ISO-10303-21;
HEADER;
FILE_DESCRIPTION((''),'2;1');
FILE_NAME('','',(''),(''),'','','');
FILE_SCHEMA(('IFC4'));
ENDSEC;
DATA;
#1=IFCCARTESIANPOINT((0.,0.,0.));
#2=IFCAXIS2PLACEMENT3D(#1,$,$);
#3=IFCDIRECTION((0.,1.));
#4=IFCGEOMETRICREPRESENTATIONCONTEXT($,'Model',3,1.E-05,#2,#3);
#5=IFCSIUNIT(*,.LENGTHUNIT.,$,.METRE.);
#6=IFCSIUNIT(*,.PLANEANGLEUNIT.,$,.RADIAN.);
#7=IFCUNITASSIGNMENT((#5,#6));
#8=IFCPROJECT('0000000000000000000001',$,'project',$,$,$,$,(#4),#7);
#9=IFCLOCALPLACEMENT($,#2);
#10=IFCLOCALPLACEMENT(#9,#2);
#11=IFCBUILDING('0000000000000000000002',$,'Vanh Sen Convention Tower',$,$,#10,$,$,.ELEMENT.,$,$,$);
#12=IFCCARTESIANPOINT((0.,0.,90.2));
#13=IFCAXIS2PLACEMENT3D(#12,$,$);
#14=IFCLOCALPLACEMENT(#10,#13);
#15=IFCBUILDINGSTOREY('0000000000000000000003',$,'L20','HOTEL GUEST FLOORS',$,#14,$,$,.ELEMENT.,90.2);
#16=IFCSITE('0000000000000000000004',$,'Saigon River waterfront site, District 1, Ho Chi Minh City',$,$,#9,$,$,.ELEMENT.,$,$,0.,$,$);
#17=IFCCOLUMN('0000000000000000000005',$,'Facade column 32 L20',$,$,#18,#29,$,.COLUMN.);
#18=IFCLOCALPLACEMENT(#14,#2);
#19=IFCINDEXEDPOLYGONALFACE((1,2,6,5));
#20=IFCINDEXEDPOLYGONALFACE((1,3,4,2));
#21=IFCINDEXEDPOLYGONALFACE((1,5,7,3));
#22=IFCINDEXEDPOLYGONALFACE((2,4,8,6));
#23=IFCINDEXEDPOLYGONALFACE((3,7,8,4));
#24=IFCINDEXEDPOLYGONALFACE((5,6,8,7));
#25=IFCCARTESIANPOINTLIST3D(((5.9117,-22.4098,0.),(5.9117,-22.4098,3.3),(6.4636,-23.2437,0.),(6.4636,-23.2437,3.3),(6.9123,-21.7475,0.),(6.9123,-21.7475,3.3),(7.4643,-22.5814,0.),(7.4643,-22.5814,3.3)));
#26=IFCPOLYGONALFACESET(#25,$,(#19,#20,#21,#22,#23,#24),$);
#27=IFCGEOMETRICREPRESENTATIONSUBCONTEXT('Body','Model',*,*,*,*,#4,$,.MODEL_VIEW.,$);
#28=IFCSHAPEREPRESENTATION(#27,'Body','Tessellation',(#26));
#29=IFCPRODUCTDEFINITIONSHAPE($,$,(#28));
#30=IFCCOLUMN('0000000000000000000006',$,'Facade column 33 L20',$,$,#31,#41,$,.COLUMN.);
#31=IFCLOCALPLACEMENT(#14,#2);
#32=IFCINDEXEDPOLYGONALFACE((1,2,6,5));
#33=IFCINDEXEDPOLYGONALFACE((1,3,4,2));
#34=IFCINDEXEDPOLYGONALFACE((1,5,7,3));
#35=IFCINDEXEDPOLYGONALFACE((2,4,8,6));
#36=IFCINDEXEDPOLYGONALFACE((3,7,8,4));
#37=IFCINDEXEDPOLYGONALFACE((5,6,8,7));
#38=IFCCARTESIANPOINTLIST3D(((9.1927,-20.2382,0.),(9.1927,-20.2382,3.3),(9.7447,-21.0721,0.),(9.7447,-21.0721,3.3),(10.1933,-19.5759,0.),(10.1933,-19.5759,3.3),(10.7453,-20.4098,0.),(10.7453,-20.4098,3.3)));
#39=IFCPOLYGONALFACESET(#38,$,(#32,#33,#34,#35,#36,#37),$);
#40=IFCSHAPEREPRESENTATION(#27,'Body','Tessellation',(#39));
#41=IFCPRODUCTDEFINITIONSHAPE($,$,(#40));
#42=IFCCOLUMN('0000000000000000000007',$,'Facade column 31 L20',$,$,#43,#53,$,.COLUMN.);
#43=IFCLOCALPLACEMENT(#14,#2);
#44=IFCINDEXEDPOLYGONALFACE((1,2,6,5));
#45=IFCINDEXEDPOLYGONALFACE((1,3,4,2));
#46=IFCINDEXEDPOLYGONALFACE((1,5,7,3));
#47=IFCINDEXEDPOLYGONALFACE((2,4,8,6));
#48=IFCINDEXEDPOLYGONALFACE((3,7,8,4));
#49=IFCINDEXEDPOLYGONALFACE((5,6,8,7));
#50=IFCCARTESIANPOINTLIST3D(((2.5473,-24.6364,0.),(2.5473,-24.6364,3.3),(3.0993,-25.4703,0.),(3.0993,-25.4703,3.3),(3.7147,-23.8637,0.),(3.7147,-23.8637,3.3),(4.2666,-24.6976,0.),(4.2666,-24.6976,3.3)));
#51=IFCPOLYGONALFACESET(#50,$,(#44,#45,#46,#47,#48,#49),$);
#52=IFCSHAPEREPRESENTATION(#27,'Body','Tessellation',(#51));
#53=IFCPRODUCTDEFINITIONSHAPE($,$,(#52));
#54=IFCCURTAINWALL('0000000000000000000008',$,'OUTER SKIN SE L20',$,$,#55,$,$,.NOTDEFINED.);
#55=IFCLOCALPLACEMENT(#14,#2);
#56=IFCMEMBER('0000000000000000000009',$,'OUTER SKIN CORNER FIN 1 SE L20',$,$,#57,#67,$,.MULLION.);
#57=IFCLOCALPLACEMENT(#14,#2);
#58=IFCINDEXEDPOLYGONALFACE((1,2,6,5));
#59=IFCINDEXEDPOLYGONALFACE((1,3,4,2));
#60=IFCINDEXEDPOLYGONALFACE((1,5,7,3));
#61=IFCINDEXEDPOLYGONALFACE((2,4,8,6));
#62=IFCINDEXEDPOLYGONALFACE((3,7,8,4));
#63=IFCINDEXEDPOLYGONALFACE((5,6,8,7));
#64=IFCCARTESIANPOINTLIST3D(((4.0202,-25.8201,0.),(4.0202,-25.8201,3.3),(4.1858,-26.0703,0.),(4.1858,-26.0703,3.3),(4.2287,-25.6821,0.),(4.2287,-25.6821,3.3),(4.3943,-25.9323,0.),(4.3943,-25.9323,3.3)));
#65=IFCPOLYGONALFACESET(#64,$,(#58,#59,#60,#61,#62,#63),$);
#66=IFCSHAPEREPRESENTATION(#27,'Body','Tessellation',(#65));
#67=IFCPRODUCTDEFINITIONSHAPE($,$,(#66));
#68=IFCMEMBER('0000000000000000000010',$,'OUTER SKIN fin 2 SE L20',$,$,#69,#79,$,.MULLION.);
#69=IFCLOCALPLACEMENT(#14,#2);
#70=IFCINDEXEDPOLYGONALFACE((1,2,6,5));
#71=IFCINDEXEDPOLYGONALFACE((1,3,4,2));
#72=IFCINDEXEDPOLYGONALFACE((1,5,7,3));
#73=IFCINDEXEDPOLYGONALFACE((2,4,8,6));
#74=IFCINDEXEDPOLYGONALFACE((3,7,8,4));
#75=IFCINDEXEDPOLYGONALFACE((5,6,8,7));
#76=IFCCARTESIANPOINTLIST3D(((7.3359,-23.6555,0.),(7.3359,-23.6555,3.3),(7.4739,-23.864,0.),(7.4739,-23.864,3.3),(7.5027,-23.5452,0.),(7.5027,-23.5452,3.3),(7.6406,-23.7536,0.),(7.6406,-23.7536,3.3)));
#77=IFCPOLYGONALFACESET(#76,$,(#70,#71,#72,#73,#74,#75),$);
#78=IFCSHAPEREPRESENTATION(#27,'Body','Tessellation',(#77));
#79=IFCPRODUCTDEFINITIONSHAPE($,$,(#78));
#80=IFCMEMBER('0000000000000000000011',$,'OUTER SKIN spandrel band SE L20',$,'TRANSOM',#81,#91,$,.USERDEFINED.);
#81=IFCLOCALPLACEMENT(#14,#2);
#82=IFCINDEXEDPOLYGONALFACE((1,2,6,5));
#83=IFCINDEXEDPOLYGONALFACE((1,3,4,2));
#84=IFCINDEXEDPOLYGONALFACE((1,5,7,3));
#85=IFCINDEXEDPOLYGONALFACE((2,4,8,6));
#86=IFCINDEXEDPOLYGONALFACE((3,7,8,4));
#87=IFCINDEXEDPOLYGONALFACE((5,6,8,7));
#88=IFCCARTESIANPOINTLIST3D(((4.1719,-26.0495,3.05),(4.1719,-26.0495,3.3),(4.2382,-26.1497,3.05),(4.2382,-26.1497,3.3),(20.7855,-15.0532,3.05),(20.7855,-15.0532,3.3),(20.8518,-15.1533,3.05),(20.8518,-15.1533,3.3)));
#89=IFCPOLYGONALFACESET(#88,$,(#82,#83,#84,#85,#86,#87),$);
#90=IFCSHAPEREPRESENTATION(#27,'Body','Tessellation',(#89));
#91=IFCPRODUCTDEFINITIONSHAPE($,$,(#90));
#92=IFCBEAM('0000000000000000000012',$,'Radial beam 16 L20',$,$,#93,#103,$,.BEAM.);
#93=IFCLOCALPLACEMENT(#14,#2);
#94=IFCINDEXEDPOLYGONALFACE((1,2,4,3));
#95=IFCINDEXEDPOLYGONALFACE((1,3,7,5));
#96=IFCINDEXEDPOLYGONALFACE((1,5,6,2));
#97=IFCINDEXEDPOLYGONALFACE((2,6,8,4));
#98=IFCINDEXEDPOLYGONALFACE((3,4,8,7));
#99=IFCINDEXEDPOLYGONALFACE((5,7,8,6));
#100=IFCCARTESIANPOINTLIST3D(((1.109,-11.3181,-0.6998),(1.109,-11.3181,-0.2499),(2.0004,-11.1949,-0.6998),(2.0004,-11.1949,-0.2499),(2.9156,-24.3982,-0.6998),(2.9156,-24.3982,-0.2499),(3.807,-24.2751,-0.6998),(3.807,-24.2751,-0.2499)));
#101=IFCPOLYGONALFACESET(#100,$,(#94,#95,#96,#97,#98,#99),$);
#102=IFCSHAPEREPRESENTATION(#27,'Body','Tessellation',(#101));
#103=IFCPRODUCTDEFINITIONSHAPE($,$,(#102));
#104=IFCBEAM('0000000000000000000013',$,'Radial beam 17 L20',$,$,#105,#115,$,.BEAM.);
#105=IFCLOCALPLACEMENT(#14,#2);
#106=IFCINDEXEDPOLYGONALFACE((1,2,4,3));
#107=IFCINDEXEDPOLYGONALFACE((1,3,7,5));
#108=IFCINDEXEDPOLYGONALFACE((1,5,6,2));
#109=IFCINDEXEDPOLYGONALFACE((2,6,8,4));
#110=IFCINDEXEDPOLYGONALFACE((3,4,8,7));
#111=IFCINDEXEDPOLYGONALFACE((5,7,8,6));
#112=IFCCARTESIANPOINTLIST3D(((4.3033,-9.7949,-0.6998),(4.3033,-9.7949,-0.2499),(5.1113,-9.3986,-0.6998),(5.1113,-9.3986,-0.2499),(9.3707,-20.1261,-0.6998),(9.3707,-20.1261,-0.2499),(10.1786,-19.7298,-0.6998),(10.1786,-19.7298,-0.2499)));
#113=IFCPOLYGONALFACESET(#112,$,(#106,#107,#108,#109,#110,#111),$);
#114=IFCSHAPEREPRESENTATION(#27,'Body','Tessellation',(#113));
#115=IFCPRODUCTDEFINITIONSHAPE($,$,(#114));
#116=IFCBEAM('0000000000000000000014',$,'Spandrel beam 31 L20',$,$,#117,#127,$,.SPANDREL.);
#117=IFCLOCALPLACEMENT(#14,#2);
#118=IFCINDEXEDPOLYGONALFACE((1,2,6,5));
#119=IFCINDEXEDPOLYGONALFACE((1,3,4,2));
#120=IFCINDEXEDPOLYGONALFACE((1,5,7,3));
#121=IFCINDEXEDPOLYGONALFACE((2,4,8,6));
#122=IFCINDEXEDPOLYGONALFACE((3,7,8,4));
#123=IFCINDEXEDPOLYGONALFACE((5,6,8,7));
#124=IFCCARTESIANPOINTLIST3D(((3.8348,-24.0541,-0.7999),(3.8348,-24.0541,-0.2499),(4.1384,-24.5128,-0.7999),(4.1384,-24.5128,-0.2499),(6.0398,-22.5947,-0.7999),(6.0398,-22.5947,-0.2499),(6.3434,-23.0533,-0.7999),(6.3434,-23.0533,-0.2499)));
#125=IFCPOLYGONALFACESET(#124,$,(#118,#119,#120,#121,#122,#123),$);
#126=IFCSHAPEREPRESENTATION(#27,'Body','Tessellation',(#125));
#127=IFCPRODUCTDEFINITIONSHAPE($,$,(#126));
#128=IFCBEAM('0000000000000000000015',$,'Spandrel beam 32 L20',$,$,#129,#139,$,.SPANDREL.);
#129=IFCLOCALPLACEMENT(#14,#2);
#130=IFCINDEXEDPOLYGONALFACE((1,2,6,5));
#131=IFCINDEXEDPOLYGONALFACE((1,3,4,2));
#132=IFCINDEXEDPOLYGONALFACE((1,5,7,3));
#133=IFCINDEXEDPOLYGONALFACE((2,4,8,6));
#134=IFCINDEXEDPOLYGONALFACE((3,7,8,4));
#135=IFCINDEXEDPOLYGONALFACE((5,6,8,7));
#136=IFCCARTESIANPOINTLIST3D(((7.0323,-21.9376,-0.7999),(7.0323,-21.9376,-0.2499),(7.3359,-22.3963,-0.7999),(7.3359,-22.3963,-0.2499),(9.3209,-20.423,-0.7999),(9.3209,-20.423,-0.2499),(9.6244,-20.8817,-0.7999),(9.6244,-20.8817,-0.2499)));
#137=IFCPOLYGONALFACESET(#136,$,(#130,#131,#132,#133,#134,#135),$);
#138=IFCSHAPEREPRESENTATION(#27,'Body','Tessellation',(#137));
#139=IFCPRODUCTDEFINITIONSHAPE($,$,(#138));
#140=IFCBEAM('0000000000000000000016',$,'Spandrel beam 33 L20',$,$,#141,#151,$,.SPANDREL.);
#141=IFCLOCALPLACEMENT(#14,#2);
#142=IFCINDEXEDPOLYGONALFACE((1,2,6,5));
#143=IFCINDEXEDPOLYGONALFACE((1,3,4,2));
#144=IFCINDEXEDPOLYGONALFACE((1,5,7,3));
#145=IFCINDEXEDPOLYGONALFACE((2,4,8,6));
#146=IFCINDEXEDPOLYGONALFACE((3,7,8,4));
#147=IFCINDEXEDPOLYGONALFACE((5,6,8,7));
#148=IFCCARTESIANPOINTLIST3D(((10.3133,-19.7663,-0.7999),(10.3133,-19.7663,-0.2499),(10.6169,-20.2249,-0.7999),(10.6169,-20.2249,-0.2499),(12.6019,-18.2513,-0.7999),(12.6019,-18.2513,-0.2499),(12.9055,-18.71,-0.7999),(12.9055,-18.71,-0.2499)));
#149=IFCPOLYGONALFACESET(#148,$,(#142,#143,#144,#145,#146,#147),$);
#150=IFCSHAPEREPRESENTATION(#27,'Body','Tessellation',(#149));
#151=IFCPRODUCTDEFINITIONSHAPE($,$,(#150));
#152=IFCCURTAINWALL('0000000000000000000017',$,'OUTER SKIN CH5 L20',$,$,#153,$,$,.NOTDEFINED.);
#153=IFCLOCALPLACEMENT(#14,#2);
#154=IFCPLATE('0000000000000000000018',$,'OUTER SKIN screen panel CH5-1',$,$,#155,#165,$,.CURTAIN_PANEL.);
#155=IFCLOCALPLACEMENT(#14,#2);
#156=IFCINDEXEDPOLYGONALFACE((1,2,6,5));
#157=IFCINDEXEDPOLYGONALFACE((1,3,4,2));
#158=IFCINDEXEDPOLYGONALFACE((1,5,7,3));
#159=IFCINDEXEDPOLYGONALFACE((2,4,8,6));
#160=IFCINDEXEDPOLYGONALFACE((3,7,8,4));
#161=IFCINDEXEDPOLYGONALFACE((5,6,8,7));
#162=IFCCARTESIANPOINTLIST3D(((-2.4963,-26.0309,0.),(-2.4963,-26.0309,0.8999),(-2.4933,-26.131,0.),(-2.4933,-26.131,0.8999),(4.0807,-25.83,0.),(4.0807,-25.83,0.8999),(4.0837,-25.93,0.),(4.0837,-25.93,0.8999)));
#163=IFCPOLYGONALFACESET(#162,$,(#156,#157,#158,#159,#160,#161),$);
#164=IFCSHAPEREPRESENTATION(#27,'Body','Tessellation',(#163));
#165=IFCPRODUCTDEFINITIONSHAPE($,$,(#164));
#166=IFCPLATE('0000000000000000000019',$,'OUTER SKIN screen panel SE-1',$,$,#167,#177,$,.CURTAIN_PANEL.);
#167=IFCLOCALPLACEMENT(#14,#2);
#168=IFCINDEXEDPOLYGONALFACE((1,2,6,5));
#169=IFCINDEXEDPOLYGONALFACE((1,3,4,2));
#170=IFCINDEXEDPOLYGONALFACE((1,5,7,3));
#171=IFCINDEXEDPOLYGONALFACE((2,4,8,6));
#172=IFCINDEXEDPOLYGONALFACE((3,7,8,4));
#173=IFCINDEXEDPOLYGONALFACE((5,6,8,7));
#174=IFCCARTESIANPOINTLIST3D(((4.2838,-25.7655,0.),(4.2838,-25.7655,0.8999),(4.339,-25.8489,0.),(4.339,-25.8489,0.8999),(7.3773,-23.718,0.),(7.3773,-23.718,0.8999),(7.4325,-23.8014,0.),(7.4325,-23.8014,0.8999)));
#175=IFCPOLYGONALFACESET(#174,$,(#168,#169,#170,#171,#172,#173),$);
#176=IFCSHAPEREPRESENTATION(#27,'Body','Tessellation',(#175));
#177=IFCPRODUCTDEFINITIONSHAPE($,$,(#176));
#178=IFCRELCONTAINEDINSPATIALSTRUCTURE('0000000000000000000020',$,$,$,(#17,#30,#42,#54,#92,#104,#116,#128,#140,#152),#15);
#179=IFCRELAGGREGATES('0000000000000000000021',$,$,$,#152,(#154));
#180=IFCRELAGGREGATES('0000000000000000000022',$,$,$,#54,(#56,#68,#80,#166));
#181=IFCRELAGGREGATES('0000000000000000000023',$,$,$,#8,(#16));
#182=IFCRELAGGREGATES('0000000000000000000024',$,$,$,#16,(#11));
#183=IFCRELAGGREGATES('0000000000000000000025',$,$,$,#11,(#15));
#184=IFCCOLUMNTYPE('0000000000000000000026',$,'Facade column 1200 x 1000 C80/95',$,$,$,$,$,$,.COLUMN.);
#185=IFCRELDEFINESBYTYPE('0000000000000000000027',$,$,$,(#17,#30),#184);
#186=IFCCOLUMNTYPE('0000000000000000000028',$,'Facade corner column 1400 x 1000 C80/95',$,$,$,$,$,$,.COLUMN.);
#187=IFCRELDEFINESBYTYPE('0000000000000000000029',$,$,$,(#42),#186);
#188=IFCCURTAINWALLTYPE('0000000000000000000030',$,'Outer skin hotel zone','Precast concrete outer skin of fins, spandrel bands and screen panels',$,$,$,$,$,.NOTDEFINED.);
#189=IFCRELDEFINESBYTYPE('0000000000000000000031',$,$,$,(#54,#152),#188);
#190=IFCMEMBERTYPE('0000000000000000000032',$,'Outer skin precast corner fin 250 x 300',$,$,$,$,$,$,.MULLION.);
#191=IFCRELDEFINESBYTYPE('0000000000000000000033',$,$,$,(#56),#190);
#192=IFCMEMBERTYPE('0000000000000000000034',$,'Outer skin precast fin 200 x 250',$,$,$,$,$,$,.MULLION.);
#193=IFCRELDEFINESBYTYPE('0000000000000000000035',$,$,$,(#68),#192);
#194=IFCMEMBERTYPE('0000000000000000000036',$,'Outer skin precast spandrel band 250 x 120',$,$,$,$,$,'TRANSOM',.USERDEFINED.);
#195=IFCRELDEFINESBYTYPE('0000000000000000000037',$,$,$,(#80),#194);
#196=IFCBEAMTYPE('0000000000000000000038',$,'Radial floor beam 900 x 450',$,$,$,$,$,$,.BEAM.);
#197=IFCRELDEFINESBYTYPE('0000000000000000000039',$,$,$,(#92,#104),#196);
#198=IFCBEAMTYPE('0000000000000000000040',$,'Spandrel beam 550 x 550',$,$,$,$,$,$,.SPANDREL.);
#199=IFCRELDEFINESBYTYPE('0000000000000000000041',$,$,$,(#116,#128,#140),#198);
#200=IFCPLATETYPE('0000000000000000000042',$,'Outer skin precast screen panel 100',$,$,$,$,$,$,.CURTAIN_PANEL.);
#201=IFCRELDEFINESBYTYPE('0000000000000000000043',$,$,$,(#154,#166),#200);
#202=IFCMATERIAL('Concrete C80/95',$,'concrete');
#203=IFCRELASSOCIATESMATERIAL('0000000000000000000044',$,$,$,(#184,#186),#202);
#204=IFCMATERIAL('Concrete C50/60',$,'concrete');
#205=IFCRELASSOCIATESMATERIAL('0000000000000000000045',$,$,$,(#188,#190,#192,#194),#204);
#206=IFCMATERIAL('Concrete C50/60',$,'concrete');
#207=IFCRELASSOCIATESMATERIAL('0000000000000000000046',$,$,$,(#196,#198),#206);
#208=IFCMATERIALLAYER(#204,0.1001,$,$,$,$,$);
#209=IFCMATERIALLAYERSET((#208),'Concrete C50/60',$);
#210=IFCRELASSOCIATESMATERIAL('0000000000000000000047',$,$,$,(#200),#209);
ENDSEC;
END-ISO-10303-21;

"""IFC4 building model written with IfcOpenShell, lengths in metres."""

from ifc_helpers import new_model, si_unit, direction, frame, origin, origin_2d, place, context, subcontext, project, spatial, rectangle, extrude, material, layer, layer_set, material_profile, profile_set, type_object, element, aggregate, save


model = new_model("IFC4")

# Units and contexts
model_context = context("Model", 3, precision=1e-05, world=origin(), true_north=direction((0.0, 1.0)))
body_context = subcontext(model_context, "Body", "Model", "MODEL_VIEW")
ifc_project = project(units=[si_unit("LENGTHUNIT", "METRE"), si_unit("PLANEANGLEUNIT", "RADIAN")], contexts=[model_context])

# Site, building, storey
site_placement = place(None, origin())
site = spatial("IfcSite", under=ifc_project, at=site_placement, Name="Saigon River waterfront site, District 1, Ho Chi Minh City", CompositionType="ELEMENT", RefElevation=0.0)
building_placement = place(site_placement, origin())
building = spatial("IfcBuilding", under=site, at=building_placement, Name="Vanh Sen Convention Tower", CompositionType="ELEMENT")
storey_placement = place(building_placement, frame((0.0, 0.0, 90.2)))
storey = spatial("IfcBuildingStorey", under=building, at=storey_placement, Name="L20", Description="HOTEL GUEST FLOORS", CompositionType="ELEMENT", Elevation=90.2)

# Columns
ifc_material_1 = material(Name="Concrete C80/95", Category="concrete")
ifc_material_profile_1 = material_profile(ifc_material_1, rectangle(XDim=1.2, YDim=1.0, at=origin_2d()), Name="RC 1200X1000")
ifc_profile_set_1 = profile_set([ifc_material_profile_1], Name="Concrete C80/95")
column_type_1 = type_object("IfcColumnType", Name="Facade column 1200 x 1000 C80/95", PredefinedType="COLUMN", material=ifc_profile_set_1)
for number, where, z_axis, x_axis, name in (
    (1, (6.688, -22.4956, 0.0), (0.0, 0.0, 1.0), (0.833886, 0.551937, 0.0), "Facade column 32 L20"),
    (2, (9.969, -20.324, 0.0), (0.0, 0.0, 1.0), (0.833886, 0.551937, 0.0), "Facade column 33 L20"),
):
    element("IfcColumn", number, at=place(storey_placement, frame(where, z_axis=z_axis, x_axis=x_axis)), inside=storey, type_object=column_type_1, Name=name, PredefinedType="COLUMN", context=body_context, shape_type="SweptSolid", body=[
        extrude(rectangle(XDim=1.2, YDim=1.0, at=origin_2d()), origin(), (0.0, 0.0, 1.0), 3.3),
    ])
ifc_material_profile_2 = material_profile(ifc_material_1, rectangle(XDim=1.3999, YDim=1.0, at=origin_2d()), Name="RC 1400X1000")
ifc_profile_set_2 = profile_set([ifc_material_profile_2], Name="Concrete C80/95")
column_type_2 = type_object("IfcColumnType", Name="Facade corner column 1400 x 1000 C80/95", PredefinedType="COLUMN", material=ifc_profile_set_2)
column_placement = place(storey_placement, frame((3.407, -24.667, 0.0), z_axis=(0.0, 0.0, 1.0), x_axis=(0.833886, 0.551937, 0.0)))
element("IfcColumn", 3, at=column_placement, inside=storey, type_object=column_type_2, Name="Facade column 31 L20", PredefinedType="COLUMN", context=body_context, shape_type="SweptSolid", body=[
    extrude(rectangle(XDim=1.3999, YDim=1.0, at=origin_2d()), origin(), (0.0, 0.0, 1.0), 3.3),
])

# Curtain wall, members
ifc_material_2 = material(Name="Concrete C50/60", Category="concrete")
curtain_wall_type = type_object("IfcCurtainWallType", Name="Outer skin hotel zone", Description="Precast concrete outer skin of fins, spandrel bands and screen panels", PredefinedType="NOTDEFINED", material=ifc_material_2)
curtain_wall_1_placement = place(storey_placement, origin())
curtain_wall_1 = element("IfcCurtainWall", 4, at=curtain_wall_1_placement, inside=storey, type_object=curtain_wall_type, Name="OUTER SKIN SE L20", PredefinedType="NOTDEFINED")
ifc_material_profile_3 = material_profile(ifc_material_2, rectangle(XDim=0.25, YDim=0.3, at=origin_2d()), Name="Outer skin precast corner fin 250 x 300")
ifc_profile_set_3 = profile_set([ifc_material_profile_3], Name="Concrete C50/60")
member_type_1 = type_object("IfcMemberType", Name="Outer skin precast corner fin 250 x 300", PredefinedType="MULLION", material=ifc_profile_set_3)
member_1_placement = place(storey_placement, frame((4.2073, -25.8762, 0.0), z_axis=(0.0, 0.0, 1.0), x_axis=(0.833886, 0.551937, 0.0)))
member_1 = element("IfcMember", 5, at=member_1_placement, type_object=member_type_1, Name="OUTER SKIN CORNER FIN 1 SE L20", PredefinedType="MULLION", context=body_context, shape_type="SweptSolid", body=[
    extrude(rectangle(XDim=0.25, YDim=0.3, at=origin_2d()), origin(), (0.0, 0.0, 1.0), 3.3),
])
ifc_material_profile_4 = material_profile(ifc_material_2, rectangle(XDim=0.2, YDim=0.25, at=origin_2d()), Name="Outer skin precast fin 200 x 250")
ifc_profile_set_4 = profile_set([ifc_material_profile_4], Name="Concrete C50/60")
member_type_2 = type_object("IfcMemberType", Name="Outer skin precast fin 200 x 250", PredefinedType="MULLION", material=ifc_profile_set_4)
member_2_placement = place(storey_placement, frame((7.4883, -23.7046, 0.0), z_axis=(0.0, 0.0, 1.0), x_axis=(0.833886, 0.551937, 0.0)))
member_2 = element("IfcMember", 6, at=member_2_placement, type_object=member_type_2, Name="OUTER SKIN fin 2 SE L20", PredefinedType="MULLION", context=body_context, shape_type="SweptSolid", body=[
    extrude(rectangle(XDim=0.2, YDim=0.25, at=origin_2d()), origin(), (0.0, 0.0, 1.0), 3.3),
])
ifc_material_profile_5 = material_profile(ifc_material_2, rectangle(XDim=0.1201, YDim=0.25, at=origin_2d()), Name="Outer skin precast spandrel band 250 x 120")
ifc_profile_set_5 = profile_set([ifc_material_profile_5], Name="Concrete C50/60")
member_type_3 = type_object("IfcMemberType", Name="Outer skin precast spandrel band 250 x 120", ElementType="TRANSOM", PredefinedType="USERDEFINED", material=ifc_profile_set_5)
member_3_placement = place(storey_placement, frame((4.2051, -26.0996, 3.175), z_axis=(0.833884, 0.55194, 0.0), x_axis=(-0.55194, 0.833884, 0.0)))
member_3 = element("IfcMember", 7, at=member_3_placement, type_object=member_type_3, Name="OUTER SKIN spandrel band SE L20", ObjectType="TRANSOM", PredefinedType="USERDEFINED", context=body_context, shape_type="SweptSolid", body=[
    extrude(rectangle(XDim=0.1201, YDim=0.25, at=origin_2d()), origin(), (0.0, 0.0, 1.0), 19.9231),
])

# Beams
ifc_material_3 = material(Name="Concrete C50/60", Category="concrete")
ifc_material_profile_6 = material_profile(ifc_material_3, rectangle(XDim=0.8999, YDim=0.45, at=origin_2d()), Name="RC 900X450")
ifc_profile_set_6 = profile_set([ifc_material_profile_6], Name="Concrete C50/60")
beam_type_1 = type_object("IfcBeamType", Name="Radial floor beam 900 x 450", PredefinedType="BEAM", material=ifc_profile_set_6)
beam_1_placement = place(storey_placement, frame((3.3613, -24.3367, -0.4749), z_axis=(-0.136823, 0.990596, 0.0), x_axis=(-0.990596, -0.136823, 0.0)))
element("IfcBeam", 8, at=beam_1_placement, inside=storey, type_object=beam_type_1, Name="Radial beam 16 L20", PredefinedType="BEAM", context=body_context, shape_type="SweptSolid", body=[
    extrude(rectangle(XDim=0.8999, YDim=0.45, at=origin_2d()), origin(), (0.0, 0.0, 1.0), 13.2043),
])
beam_2_placement = place(storey_placement, frame((9.7747, -19.928, -0.4749), z_axis=(-0.440369, 0.897817, 0.0), x_axis=(-0.897817, -0.440369, 0.0)))
element("IfcBeam", 9, at=beam_2_placement, inside=storey, type_object=beam_type_1, Name="Radial beam 17 L20", PredefinedType="BEAM", context=body_context, shape_type="SweptSolid", body=[
    extrude(rectangle(XDim=0.8999, YDim=0.45, at=origin_2d()), origin(), (0.0, 0.0, 1.0), 11.5071),
])
ifc_material_profile_7 = material_profile(ifc_material_3, rectangle(XDim=0.55, YDim=0.55, at=origin_2d()), Name="RC 550X550")
ifc_profile_set_7 = profile_set([ifc_material_profile_7], Name="Concrete C50/60")
beam_type_2 = type_object("IfcBeamType", Name="Spandrel beam 550 x 550", PredefinedType="SPANDREL", material=ifc_profile_set_7)
beam_3_placement = place(storey_placement, frame((3.9866, -24.2834, -0.5249), z_axis=(0.833892, 0.551927, 0.0), x_axis=(-0.551927, 0.833892, 0.0)))
element("IfcBeam", 10, at=beam_3_placement, inside=storey, type_object=beam_type_2, Name="Spandrel beam 31 L20", PredefinedType="SPANDREL", context=body_context, shape_type="SweptSolid", body=[
    extrude(rectangle(XDim=0.55, YDim=0.55, at=origin_2d()), origin(), (0.0, 0.0, 1.0), 2.6443),
])
beam_4_placement = place(storey_placement, frame((7.1841, -22.167, -0.5249), z_axis=(0.833907, 0.551905, 0.0), x_axis=(-0.551905, 0.833907, 0.0)))
element("IfcBeam", 11, at=beam_4_placement, inside=storey, type_object=beam_type_2, Name="Spandrel beam 32 L20", PredefinedType="SPANDREL", context=body_context, shape_type="SweptSolid", body=[
    extrude(rectangle(XDim=0.55, YDim=0.55, at=origin_2d()), origin(), (0.0, 0.0, 1.0), 2.7444),
])
beam_5_placement = place(storey_placement, frame((10.4651, -19.9956, -0.5249), z_axis=(0.833866, 0.551967, 0.0), x_axis=(-0.551967, 0.833866, 0.0)))
element("IfcBeam", 12, at=beam_5_placement, inside=storey, type_object=beam_type_2, Name="Spandrel beam 33 L20", PredefinedType="SPANDREL", context=body_context, shape_type="SweptSolid", body=[
    extrude(rectangle(XDim=0.55, YDim=0.55, at=origin_2d()), origin(), (0.0, 0.0, 1.0), 2.7446),
])

# Curtain wall, plate
curtain_wall_2_placement = place(storey_placement, origin())
curtain_wall_2 = element("IfcCurtainWall", 13, at=curtain_wall_2_placement, inside=storey, type_object=curtain_wall_type, Name="OUTER SKIN CH5 L20", PredefinedType="NOTDEFINED")
ifc_layer_1 = layer(ifc_material_2, 0.1001)
ifc_layer_set_1 = layer_set([ifc_layer_1], Name="Concrete C50/60")
plate_type = type_object("IfcPlateType", Name="Outer skin precast screen panel 100", PredefinedType="CURTAIN_PANEL", material=ifc_layer_set_1)
plate_1_placement = place(storey_placement, frame((0.7937, -25.9805, 0.0), z_axis=(0.0, 0.0, 1.0), x_axis=(0.999533, 0.030542, 0.0)))
plate_1 = element("IfcPlate", 14, at=plate_1_placement, type_object=plate_type, Name="OUTER SKIN screen panel CH5-1", PredefinedType="CURTAIN_PANEL", context=body_context, shape_type="SweptSolid", body=[
    extrude(rectangle(XDim=6.5801, YDim=0.1001, at=origin_2d()), origin(), (0.0, 0.0, 1.0), 0.8999),
])
aggregate(curtain_wall_2, [plate_1])

# Plate
plate_2_placement = place(storey_placement, frame((5.8582, -24.7834, 0.0), z_axis=(0.0, 0.0, 1.0), x_axis=(0.833892, 0.551928, 0.0)))
plate_2 = element("IfcPlate", 15, at=plate_2_placement, type_object=plate_type, Name="OUTER SKIN screen panel SE-1", PredefinedType="CURTAIN_PANEL", context=body_context, shape_type="SweptSolid", body=[
    extrude(rectangle(XDim=3.7097, YDim=0.1001, at=origin_2d()), origin(), (0.0, 0.0, 1.0), 0.8999),
])
aggregate(curtain_wall_1, [member_1, member_2, member_3, plate_2])

save(model, "model.ifc")
